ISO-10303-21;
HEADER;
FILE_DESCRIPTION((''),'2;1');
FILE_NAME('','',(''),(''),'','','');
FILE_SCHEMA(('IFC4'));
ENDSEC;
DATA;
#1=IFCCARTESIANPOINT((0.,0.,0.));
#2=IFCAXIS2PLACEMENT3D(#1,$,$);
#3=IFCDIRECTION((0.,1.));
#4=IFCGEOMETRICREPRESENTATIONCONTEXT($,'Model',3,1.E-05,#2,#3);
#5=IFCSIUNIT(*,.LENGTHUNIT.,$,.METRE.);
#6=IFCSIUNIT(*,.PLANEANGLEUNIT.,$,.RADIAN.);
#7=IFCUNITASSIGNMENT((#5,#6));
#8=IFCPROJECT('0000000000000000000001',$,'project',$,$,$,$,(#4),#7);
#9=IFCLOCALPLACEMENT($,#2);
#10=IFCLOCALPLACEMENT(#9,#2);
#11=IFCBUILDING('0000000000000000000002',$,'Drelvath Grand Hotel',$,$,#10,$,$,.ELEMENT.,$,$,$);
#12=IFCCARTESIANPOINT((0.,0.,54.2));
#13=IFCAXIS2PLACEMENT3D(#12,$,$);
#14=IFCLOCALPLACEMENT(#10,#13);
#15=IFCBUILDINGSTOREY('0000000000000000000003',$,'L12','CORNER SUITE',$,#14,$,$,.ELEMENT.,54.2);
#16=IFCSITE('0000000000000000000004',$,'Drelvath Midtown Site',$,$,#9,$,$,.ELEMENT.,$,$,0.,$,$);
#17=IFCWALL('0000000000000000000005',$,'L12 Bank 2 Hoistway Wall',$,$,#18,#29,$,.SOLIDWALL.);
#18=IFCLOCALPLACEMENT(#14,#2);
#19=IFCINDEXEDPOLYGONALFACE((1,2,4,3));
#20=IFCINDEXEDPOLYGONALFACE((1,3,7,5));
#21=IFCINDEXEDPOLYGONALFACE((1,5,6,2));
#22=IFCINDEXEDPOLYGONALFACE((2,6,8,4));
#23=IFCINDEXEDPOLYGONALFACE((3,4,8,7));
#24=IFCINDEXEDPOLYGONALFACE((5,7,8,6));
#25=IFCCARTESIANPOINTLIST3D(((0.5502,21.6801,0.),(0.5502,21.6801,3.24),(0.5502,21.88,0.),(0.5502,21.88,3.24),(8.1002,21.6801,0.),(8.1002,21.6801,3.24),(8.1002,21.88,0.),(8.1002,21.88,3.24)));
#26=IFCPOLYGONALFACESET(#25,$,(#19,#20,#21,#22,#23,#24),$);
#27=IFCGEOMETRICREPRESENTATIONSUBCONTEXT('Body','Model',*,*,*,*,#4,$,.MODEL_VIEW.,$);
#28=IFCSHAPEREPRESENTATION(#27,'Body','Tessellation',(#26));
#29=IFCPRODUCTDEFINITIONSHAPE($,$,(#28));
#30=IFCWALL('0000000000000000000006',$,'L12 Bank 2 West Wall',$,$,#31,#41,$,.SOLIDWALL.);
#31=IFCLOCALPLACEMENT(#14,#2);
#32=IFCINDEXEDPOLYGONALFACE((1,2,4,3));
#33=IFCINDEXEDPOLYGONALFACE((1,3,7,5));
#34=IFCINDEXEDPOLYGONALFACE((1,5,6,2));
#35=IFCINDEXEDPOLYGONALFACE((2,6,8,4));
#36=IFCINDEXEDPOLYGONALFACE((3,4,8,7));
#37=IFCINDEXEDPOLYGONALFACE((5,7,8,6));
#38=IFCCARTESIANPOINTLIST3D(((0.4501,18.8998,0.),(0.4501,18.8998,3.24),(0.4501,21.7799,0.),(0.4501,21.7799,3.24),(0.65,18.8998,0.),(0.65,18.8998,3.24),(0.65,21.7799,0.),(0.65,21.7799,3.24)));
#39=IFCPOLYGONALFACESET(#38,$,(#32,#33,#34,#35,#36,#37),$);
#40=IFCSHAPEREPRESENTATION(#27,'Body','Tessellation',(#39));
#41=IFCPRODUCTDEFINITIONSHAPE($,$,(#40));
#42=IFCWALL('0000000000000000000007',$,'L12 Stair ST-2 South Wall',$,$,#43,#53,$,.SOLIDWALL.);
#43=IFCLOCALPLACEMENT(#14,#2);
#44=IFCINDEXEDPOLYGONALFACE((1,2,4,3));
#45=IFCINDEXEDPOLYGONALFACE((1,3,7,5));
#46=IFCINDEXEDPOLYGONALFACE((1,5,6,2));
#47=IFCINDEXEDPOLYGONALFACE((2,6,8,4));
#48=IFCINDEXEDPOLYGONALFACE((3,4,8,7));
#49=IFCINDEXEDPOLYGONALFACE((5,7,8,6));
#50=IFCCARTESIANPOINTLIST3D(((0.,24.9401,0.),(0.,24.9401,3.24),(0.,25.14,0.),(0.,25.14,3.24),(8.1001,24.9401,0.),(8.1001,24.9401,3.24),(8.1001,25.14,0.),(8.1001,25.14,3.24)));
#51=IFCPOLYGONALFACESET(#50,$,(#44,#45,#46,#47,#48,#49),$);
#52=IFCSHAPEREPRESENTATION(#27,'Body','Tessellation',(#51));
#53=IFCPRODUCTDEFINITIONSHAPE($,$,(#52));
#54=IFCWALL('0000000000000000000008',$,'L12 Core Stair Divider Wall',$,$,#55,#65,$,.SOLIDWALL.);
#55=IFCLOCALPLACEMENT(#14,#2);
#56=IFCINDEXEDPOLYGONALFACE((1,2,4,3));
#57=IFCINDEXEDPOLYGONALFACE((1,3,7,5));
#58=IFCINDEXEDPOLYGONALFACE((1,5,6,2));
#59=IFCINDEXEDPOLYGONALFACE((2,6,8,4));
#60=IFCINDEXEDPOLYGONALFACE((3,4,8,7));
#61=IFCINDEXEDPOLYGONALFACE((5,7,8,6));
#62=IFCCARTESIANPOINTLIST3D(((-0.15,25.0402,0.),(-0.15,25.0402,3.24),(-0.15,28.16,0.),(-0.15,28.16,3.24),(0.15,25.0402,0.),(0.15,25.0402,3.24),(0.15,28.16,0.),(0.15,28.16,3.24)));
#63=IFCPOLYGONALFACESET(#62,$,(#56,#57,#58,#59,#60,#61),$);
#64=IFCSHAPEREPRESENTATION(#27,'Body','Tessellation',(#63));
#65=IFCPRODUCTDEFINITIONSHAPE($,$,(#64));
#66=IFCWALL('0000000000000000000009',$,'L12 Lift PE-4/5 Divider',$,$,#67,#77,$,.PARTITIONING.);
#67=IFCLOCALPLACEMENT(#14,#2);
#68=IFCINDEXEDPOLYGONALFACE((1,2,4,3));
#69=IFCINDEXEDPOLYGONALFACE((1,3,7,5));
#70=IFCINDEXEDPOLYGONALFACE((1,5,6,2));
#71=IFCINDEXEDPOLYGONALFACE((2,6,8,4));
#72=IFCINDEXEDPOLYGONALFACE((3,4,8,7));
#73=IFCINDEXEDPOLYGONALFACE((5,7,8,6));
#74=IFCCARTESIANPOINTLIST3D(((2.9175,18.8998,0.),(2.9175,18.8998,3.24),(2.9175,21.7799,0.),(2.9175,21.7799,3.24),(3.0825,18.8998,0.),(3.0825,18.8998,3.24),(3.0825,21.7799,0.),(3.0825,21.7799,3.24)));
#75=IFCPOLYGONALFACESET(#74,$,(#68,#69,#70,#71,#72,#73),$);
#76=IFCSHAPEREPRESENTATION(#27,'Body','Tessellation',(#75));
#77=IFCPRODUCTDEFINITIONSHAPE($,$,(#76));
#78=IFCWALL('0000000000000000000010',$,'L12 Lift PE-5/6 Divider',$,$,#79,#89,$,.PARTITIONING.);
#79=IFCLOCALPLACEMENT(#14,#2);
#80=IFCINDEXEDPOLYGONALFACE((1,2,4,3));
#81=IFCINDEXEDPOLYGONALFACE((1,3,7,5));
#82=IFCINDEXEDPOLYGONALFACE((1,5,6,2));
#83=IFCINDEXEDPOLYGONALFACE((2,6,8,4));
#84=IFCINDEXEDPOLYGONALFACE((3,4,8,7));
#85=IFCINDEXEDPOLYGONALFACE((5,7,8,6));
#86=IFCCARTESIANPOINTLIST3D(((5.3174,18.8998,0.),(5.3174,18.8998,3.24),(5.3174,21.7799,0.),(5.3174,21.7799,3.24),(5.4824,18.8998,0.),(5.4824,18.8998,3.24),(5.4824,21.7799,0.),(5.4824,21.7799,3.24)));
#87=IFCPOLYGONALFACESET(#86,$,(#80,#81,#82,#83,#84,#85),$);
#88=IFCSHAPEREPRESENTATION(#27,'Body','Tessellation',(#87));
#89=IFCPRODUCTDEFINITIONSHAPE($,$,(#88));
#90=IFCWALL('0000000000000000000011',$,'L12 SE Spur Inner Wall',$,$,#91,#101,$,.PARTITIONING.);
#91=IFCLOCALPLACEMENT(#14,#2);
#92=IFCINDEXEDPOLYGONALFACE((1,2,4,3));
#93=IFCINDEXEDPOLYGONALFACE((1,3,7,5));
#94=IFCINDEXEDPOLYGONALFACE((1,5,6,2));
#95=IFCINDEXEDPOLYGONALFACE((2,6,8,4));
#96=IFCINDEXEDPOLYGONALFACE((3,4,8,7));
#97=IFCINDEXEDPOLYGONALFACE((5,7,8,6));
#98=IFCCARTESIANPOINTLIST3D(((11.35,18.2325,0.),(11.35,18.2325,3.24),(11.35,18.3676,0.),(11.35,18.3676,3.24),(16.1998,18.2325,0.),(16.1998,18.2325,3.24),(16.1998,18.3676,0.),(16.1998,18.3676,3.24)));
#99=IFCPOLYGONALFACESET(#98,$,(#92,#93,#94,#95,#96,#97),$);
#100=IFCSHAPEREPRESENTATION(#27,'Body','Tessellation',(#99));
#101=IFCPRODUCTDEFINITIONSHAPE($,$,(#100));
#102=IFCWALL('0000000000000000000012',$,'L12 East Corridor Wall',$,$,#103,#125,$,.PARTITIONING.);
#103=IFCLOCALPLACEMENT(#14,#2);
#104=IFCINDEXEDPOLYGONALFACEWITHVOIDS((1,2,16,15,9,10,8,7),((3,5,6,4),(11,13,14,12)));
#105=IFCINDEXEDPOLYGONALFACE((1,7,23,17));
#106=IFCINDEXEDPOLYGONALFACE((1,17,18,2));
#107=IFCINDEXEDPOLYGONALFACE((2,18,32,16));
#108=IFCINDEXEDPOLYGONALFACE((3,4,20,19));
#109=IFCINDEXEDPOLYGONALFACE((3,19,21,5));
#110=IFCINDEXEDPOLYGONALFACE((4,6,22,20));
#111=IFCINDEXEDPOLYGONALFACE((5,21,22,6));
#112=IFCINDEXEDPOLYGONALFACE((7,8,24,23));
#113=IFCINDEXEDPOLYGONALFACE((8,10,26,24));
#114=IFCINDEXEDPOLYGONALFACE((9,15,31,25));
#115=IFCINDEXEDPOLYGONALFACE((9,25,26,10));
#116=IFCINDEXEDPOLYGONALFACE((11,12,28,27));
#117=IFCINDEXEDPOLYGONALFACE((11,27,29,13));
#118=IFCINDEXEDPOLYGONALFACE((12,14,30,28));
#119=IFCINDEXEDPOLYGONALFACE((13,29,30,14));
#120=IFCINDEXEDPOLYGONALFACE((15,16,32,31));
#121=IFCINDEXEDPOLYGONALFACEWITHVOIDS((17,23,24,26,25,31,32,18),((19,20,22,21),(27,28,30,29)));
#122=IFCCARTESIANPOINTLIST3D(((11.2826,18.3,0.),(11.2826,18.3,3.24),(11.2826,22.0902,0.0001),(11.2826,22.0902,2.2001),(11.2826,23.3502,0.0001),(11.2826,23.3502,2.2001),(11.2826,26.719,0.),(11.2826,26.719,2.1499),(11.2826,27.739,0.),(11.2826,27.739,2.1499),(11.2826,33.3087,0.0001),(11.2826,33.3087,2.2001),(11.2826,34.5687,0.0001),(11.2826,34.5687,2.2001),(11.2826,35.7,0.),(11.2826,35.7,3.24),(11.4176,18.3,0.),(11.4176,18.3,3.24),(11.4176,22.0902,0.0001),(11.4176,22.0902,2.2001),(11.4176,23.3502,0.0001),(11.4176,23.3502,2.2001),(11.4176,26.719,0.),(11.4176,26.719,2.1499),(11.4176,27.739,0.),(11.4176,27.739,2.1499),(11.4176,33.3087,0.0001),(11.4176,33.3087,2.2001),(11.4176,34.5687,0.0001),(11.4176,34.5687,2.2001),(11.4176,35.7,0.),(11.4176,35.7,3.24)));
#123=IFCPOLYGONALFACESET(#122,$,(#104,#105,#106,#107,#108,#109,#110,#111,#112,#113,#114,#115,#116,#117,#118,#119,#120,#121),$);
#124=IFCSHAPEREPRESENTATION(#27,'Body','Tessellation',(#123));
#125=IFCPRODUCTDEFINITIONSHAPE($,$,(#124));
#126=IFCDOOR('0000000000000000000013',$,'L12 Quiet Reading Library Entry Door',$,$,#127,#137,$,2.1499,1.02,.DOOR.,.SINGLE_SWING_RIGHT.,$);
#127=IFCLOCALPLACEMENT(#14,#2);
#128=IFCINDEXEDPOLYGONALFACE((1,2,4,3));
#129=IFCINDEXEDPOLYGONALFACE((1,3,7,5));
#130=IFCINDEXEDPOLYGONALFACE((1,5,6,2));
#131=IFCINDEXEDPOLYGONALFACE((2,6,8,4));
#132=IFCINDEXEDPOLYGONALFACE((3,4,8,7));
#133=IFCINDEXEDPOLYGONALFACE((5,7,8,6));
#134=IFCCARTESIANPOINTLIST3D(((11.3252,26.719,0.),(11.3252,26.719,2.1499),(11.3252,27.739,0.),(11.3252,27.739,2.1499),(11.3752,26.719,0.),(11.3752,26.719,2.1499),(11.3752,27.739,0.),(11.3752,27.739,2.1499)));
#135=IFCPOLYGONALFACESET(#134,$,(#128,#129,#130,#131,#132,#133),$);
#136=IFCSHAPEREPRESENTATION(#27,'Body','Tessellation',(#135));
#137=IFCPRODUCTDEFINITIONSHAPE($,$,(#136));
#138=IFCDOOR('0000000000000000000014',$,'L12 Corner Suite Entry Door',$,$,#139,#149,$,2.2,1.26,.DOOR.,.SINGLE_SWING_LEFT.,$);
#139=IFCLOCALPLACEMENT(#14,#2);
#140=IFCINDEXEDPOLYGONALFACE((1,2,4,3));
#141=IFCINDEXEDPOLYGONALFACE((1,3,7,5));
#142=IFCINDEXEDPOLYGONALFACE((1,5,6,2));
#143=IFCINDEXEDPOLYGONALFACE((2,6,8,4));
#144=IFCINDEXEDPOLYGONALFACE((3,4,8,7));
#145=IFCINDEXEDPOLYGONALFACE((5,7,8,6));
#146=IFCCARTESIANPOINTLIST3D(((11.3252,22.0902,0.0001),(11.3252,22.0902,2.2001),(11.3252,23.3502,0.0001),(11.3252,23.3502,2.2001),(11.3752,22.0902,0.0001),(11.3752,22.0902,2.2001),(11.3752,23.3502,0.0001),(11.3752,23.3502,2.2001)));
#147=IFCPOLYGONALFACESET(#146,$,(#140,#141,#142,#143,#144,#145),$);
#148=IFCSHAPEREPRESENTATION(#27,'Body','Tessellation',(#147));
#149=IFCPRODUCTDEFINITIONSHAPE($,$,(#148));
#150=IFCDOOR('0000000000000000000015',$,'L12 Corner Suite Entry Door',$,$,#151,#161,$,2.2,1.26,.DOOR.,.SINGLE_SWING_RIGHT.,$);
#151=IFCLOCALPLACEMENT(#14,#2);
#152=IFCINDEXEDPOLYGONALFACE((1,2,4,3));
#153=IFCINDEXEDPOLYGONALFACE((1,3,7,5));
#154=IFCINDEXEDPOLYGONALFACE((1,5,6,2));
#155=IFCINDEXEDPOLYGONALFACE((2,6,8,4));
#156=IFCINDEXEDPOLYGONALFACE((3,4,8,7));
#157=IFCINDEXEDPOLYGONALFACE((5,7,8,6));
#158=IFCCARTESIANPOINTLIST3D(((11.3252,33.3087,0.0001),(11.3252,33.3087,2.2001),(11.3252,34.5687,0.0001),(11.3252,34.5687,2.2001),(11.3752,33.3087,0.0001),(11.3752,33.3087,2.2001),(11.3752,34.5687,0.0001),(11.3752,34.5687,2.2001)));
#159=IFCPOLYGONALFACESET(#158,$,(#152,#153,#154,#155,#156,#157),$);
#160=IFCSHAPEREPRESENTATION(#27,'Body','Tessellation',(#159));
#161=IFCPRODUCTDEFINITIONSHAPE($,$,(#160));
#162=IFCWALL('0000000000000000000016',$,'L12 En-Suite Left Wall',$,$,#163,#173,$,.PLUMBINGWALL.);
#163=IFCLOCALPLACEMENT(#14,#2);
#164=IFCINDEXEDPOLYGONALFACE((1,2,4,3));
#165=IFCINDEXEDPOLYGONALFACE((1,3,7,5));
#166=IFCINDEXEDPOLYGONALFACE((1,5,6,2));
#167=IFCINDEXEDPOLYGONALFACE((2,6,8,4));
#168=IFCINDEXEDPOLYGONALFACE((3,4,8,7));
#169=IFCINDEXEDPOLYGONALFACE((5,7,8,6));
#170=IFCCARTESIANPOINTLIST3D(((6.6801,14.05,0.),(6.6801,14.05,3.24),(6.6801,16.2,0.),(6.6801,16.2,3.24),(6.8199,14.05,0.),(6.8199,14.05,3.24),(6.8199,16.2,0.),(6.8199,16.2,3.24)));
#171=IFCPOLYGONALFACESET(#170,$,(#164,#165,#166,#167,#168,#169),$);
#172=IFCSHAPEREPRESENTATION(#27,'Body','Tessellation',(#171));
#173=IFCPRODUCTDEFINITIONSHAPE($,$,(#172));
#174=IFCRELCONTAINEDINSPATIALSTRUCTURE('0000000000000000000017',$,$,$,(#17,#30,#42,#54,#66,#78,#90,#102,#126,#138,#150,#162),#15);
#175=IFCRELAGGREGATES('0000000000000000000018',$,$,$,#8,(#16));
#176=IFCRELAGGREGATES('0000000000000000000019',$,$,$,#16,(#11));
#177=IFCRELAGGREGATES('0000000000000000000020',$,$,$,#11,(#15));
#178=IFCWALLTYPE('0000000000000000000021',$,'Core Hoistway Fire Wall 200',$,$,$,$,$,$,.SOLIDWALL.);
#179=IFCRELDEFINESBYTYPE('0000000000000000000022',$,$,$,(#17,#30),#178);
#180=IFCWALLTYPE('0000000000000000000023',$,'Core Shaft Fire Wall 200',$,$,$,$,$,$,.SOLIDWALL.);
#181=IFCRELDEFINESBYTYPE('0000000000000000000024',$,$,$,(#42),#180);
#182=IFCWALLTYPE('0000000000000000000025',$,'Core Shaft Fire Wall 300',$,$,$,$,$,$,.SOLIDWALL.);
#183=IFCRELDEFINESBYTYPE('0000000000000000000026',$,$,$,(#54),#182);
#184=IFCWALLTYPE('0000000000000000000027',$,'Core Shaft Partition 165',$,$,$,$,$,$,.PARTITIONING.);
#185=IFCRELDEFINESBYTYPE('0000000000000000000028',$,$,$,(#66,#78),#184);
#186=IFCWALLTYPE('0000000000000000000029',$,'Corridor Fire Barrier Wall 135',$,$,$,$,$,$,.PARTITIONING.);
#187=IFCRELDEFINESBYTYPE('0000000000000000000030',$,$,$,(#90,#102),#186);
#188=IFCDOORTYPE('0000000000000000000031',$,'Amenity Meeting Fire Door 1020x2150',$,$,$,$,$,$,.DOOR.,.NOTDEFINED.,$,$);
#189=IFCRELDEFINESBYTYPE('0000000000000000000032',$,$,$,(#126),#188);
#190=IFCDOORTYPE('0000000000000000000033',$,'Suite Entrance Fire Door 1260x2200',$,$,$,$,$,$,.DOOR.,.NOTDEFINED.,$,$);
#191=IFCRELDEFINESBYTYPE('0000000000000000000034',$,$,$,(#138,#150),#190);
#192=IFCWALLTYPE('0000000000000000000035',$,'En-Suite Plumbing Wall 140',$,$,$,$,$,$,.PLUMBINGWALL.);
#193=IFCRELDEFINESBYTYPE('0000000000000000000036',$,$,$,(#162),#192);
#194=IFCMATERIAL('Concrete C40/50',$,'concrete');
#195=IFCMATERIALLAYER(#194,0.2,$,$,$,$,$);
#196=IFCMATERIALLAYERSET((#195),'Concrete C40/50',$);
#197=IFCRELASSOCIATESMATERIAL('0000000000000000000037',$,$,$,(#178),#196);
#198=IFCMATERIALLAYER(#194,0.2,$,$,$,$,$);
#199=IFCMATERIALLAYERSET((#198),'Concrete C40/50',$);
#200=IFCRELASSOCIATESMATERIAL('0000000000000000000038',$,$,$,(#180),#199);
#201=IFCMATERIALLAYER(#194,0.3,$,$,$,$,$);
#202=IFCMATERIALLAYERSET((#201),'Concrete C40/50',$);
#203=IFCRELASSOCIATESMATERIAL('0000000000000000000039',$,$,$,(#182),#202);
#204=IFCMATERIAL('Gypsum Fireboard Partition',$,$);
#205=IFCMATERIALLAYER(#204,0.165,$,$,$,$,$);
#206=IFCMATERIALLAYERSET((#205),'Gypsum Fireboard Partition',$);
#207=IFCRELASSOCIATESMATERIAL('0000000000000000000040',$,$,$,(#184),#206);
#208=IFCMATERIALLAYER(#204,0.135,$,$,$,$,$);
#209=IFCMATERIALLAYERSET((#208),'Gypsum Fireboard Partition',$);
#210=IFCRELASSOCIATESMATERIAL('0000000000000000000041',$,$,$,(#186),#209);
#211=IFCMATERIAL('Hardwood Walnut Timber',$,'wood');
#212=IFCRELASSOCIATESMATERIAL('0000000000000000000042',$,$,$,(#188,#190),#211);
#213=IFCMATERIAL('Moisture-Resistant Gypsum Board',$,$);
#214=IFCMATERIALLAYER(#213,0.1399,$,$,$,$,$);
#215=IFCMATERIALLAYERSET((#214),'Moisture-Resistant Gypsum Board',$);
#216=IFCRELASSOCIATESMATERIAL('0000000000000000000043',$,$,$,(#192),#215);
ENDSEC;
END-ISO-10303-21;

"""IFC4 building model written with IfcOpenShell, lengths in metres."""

from ifc_helpers import new_model, si_unit, direction, frame, frame_2d, origin, place, context, subcontext, project, spatial, rectangle, extrude, material, layer, layer_set, type_object, element, fill, save


model = new_model("IFC4")

# Units and contexts
model_context = context("Model", 3, precision=1e-05, world=origin(), true_north=direction((0.0, 1.0)))
body_context = subcontext(model_context, "Body", "Model", "MODEL_VIEW")
ifc_project = project(units=[si_unit("LENGTHUNIT", "METRE"), si_unit("PLANEANGLEUNIT", "RADIAN")], contexts=[model_context])

# Site, building, storey
site_placement = place(None, origin())
site = spatial("IfcSite", under=ifc_project, at=site_placement, Name="Drelvath Midtown Site", CompositionType="ELEMENT", RefElevation=0.0)
building_placement = place(site_placement, origin())
building = spatial("IfcBuilding", under=site, at=building_placement, Name="Drelvath Grand Hotel", CompositionType="ELEMENT")
storey_placement = place(building_placement, frame((0.0, 0.0, 54.2)))
storey = spatial("IfcBuildingStorey", under=building, at=storey_placement, Name="L12", Description="CORNER SUITE", CompositionType="ELEMENT", Elevation=54.2)

# Walls
ifc_material_1 = material(Name="Concrete C40/50", Category="concrete")
ifc_layer_1 = layer(ifc_material_1, 0.2)
ifc_layer_set_1 = layer_set([ifc_layer_1], Name="Concrete C40/50")
wall_type_1 = type_object("IfcWallType", Name="Core Hoistway Fire Wall 200", PredefinedType="SOLIDWALL", material=ifc_layer_set_1)
wall_1_placement = place(storey_placement, frame((8.1001, 21.78, 0.0), z_axis=(0.0, 0.0, 1.0), x_axis=(-1.0, 0.0, 0.0)))
element("IfcWall", 1, at=wall_1_placement, inside=storey, type_object=wall_type_1, Name="L12 Bank 2 Hoistway Wall", PredefinedType="SOLIDWALL", context=body_context, shape_type="SweptSolid", body=[
    extrude(rectangle(XDim=7.55, YDim=0.2, at=frame_2d((3.7749, 0.0))), origin(), (0.0, 0.0, 1.0), 3.24),
])
wall_2_placement = place(storey_placement, frame((0.55, 18.8999, 0.0), z_axis=(0.0, 0.0, 1.0), x_axis=(0.0, 1.0, 0.0)))
element("IfcWall", 2, at=wall_2_placement, inside=storey, type_object=wall_type_1, Name="L12 Bank 2 West Wall", PredefinedType="SOLIDWALL", context=body_context, shape_type="SweptSolid", body=[
    extrude(rectangle(XDim=2.8801, YDim=0.2, at=frame_2d((1.4399, 0.0))), origin(), (0.0, 0.0, 1.0), 3.24),
])
ifc_layer_2 = layer(ifc_material_1, 0.2)
ifc_layer_set_2 = layer_set([ifc_layer_2], Name="Concrete C40/50")
wall_type_2 = type_object("IfcWallType", Name="Core Shaft Fire Wall 200", PredefinedType="SOLIDWALL", material=ifc_layer_set_2)
wall_3_placement = place(storey_placement, frame((0.0, 25.04, 0.0), z_axis=(0.0, 0.0, 1.0), x_axis=(1.0, 0.0, 0.0)))
element("IfcWall", 3, at=wall_3_placement, inside=storey, type_object=wall_type_2, Name="L12 Stair ST-2 South Wall", PredefinedType="SOLIDWALL", context=body_context, shape_type="SweptSolid", body=[
    extrude(rectangle(XDim=8.1001, YDim=0.2, at=frame_2d((4.05, 0.0))), origin(), (0.0, 0.0, 1.0), 3.24),
])
ifc_layer_3 = layer(ifc_material_1, 0.3)
ifc_layer_set_3 = layer_set([ifc_layer_3], Name="Concrete C40/50")
wall_type_3 = type_object("IfcWallType", Name="Core Shaft Fire Wall 300", PredefinedType="SOLIDWALL", material=ifc_layer_set_3)
wall_4_placement = place(storey_placement, frame((0.0, 25.04, 0.0), z_axis=(0.0, 0.0, 1.0), x_axis=(0.0, 1.0, 0.0)))
element("IfcWall", 4, at=wall_4_placement, inside=storey, type_object=wall_type_3, Name="L12 Core Stair Divider Wall", PredefinedType="SOLIDWALL", context=body_context, shape_type="SweptSolid", body=[
    extrude(rectangle(XDim=3.1199, YDim=0.3, at=frame_2d((1.5601, 0.0))), origin(), (0.0, 0.0, 1.0), 3.24),
])
ifc_material_2 = material(Name="Gypsum Fireboard Partition")
ifc_layer_4 = layer(ifc_material_2, 0.165)
ifc_layer_set_4 = layer_set([ifc_layer_4], Name="Gypsum Fireboard Partition")
wall_type_4 = type_object("IfcWallType", Name="Core Shaft Partition 165", PredefinedType="PARTITIONING", material=ifc_layer_set_4)
for number, where, z_axis, x_axis, name in (
    (5, (3.0, 18.8999, 0.0), (0.0, 0.0, 1.0), (0.0, 1.0, 0.0), "L12 Lift PE-4/5 Divider"),
    (6, (5.3999, 18.8999, 0.0), (0.0, 0.0, 1.0), (0.0, 1.0, 0.0), "L12 Lift PE-5/6 Divider"),
):
    element("IfcWall", number, at=place(storey_placement, frame(where, z_axis=z_axis, x_axis=x_axis)), inside=storey, type_object=wall_type_4, Name=name, PredefinedType="PARTITIONING", context=body_context, shape_type="SweptSolid", body=[
        extrude(rectangle(XDim=2.8801, YDim=0.165, at=frame_2d((1.4399, 0.0))), origin(), (0.0, 0.0, 1.0), 3.24),
    ])
ifc_layer_5 = layer(ifc_material_2, 0.135)
ifc_layer_set_5 = layer_set([ifc_layer_5], Name="Gypsum Fireboard Partition")
wall_type_5 = type_object("IfcWallType", Name="Corridor Fire Barrier Wall 135", PredefinedType="PARTITIONING", material=ifc_layer_set_5)
wall_5_placement = place(storey_placement, frame((11.3501, 18.3, 0.0), z_axis=(0.0, 0.0, 1.0), x_axis=(1.0, 0.0, 0.0)))
element("IfcWall", 7, at=wall_5_placement, inside=storey, type_object=wall_type_5, Name="L12 SE Spur Inner Wall", PredefinedType="PARTITIONING", context=body_context, shape_type="SweptSolid", body=[
    extrude(rectangle(XDim=4.8499, YDim=0.135, at=frame_2d((2.4248, 0.0))), origin(), (0.0, 0.0, 1.0), 3.24),
])

# Wall, openings, doors
wall_6_placement = place(storey_placement, frame((11.3501, 18.3, 0.0), z_axis=(0.0, 0.0, 1.0), x_axis=(0.0, 1.0, 0.0)))
wall_6 = element("IfcWall", 8, at=wall_6_placement, inside=storey, type_object=wall_type_5, Name="L12 East Corridor Wall", PredefinedType="PARTITIONING", context=body_context, shape_type="SweptSolid", body=[
    extrude(rectangle(XDim=17.3999, YDim=0.135, at=frame_2d((8.7, 0.0))), origin(), (0.0, 0.0, 1.0), 3.24),
])
opening_1_placement = place(wall_6_placement, frame((3.7903, 0.0, 0.0)))
opening_1 = element("IfcOpeningElement", 9, at=opening_1_placement, cuts=wall_6, PredefinedType="OPENING", context=body_context, shape_type="SweptSolid", body=[
    extrude(rectangle(XDim=1.26, YDim=2.2, at=frame_2d((0.6299, 1.1001))), frame((0.0, 0.0774, 0.0), z_axis=(0.0, -1.0, 0.0), x_axis=(1.0, 0.0, 0.0)), (0.0, 0.0, 1.0), 0.155),
])
opening_2_placement = place(wall_6_placement, frame((8.4189, 0.0, 0.0)))
opening_2 = element("IfcOpeningElement", 10, at=opening_2_placement, cuts=wall_6, PredefinedType="OPENING", context=body_context, shape_type="SweptSolid", body=[
    extrude(rectangle(XDim=1.02, YDim=2.1499, at=frame_2d((0.51, 1.075))), frame((0.0, 0.0774, 0.0), z_axis=(0.0, -1.0, 0.0), x_axis=(1.0, 0.0, 0.0)), (0.0, 0.0, 1.0), 0.155),
])
opening_3_placement = place(wall_6_placement, frame((15.0088, 0.0, 0.0)))
opening_3 = element("IfcOpeningElement", 11, at=opening_3_placement, cuts=wall_6, PredefinedType="OPENING", context=body_context, shape_type="SweptSolid", body=[
    extrude(rectangle(XDim=1.26, YDim=2.2, at=frame_2d((0.6299, 1.1001))), frame((0.0, 0.0774, 0.0), z_axis=(0.0, -1.0, 0.0), x_axis=(1.0, 0.0, 0.0)), (0.0, 0.0, 1.0), 0.155),
])
ifc_material_3 = material(Name="Hardwood Walnut Timber", Category="wood")
door_type_1 = type_object("IfcDoorType", Name="Amenity Meeting Fire Door 1020x2150", OperationType="NOTDEFINED", PredefinedType="DOOR", material=ifc_material_3)
door_1_placement = place(opening_2_placement, origin())
door_1 = element("IfcDoor", 12, at=door_1_placement, inside=storey, type_object=door_type_1, Name="L12 Quiet Reading Library Entry Door", OperationType="SINGLE_SWING_RIGHT", OverallHeight=2.1499, OverallWidth=1.02, PredefinedType="DOOR", context=body_context, shape_type="SweptSolid", body=[
    extrude(rectangle(XDim=1.02, YDim=2.1499, at=frame_2d((0.51, 1.075))), frame((0.0, 0.0249, 0.0), z_axis=(0.0, -1.0, 0.0), x_axis=(1.0, 0.0, 0.0)), (0.0, 0.0, 1.0), 0.05),
])
fill(opening_2, door_1)
door_type_2 = type_object("IfcDoorType", Name="Suite Entrance Fire Door 1260x2200", OperationType="NOTDEFINED", PredefinedType="DOOR", material=ifc_material_3)
door_2_placement = place(opening_1_placement, origin())
door_2 = element("IfcDoor", 13, at=door_2_placement, inside=storey, type_object=door_type_2, Name="L12 Corner Suite Entry Door", OperationType="SINGLE_SWING_LEFT", OverallHeight=2.2, OverallWidth=1.26, PredefinedType="DOOR", context=body_context, shape_type="SweptSolid", body=[
    extrude(rectangle(XDim=1.26, YDim=2.2, at=frame_2d((0.6299, 1.1001))), frame((0.0, 0.0249, 0.0), z_axis=(0.0, -1.0, 0.0), x_axis=(1.0, 0.0, 0.0)), (0.0, 0.0, 1.0), 0.05),
])
fill(opening_1, door_2)
door_3_placement = place(opening_3_placement, origin())
door_3 = element("IfcDoor", 14, at=door_3_placement, inside=storey, type_object=door_type_2, Name="L12 Corner Suite Entry Door", OperationType="SINGLE_SWING_RIGHT", OverallHeight=2.2, OverallWidth=1.26, PredefinedType="DOOR", context=body_context, shape_type="SweptSolid", body=[
    extrude(rectangle(XDim=1.26, YDim=2.2, at=frame_2d((0.6299, 1.1001))), frame((0.0, 0.0249, 0.0), z_axis=(0.0, -1.0, 0.0), x_axis=(1.0, 0.0, 0.0)), (0.0, 0.0, 1.0), 0.05),
])
fill(opening_3, door_3)

# Wall
ifc_material_4 = material(Name="Moisture-Resistant Gypsum Board")
ifc_layer_6 = layer(ifc_material_4, 0.1399)
ifc_layer_set_6 = layer_set([ifc_layer_6], Name="Moisture-Resistant Gypsum Board")
wall_type_6 = type_object("IfcWallType", Name="En-Suite Plumbing Wall 140", PredefinedType="PLUMBINGWALL", material=ifc_layer_set_6)
for number, where, z_axis, x_axis, name in (
    (15, (6.75, 16.2, 0.0), (0.0, 0.0, 1.0), (0.0, -1.0, 0.0), "L12 En-Suite Left Wall"),
):
    element("IfcWall", number, at=place(storey_placement, frame(where, z_axis=z_axis, x_axis=x_axis)), inside=storey, type_object=wall_type_6, Name=name, PredefinedType="PLUMBINGWALL", context=body_context, shape_type="SweptSolid", body=[
        extrude(rectangle(XDim=2.1499, YDim=0.1399, at=frame_2d((1.075, 0.0))), origin(), (0.0, 0.0, 1.0), 3.24),
    ])

save(model, "model.ifc")
